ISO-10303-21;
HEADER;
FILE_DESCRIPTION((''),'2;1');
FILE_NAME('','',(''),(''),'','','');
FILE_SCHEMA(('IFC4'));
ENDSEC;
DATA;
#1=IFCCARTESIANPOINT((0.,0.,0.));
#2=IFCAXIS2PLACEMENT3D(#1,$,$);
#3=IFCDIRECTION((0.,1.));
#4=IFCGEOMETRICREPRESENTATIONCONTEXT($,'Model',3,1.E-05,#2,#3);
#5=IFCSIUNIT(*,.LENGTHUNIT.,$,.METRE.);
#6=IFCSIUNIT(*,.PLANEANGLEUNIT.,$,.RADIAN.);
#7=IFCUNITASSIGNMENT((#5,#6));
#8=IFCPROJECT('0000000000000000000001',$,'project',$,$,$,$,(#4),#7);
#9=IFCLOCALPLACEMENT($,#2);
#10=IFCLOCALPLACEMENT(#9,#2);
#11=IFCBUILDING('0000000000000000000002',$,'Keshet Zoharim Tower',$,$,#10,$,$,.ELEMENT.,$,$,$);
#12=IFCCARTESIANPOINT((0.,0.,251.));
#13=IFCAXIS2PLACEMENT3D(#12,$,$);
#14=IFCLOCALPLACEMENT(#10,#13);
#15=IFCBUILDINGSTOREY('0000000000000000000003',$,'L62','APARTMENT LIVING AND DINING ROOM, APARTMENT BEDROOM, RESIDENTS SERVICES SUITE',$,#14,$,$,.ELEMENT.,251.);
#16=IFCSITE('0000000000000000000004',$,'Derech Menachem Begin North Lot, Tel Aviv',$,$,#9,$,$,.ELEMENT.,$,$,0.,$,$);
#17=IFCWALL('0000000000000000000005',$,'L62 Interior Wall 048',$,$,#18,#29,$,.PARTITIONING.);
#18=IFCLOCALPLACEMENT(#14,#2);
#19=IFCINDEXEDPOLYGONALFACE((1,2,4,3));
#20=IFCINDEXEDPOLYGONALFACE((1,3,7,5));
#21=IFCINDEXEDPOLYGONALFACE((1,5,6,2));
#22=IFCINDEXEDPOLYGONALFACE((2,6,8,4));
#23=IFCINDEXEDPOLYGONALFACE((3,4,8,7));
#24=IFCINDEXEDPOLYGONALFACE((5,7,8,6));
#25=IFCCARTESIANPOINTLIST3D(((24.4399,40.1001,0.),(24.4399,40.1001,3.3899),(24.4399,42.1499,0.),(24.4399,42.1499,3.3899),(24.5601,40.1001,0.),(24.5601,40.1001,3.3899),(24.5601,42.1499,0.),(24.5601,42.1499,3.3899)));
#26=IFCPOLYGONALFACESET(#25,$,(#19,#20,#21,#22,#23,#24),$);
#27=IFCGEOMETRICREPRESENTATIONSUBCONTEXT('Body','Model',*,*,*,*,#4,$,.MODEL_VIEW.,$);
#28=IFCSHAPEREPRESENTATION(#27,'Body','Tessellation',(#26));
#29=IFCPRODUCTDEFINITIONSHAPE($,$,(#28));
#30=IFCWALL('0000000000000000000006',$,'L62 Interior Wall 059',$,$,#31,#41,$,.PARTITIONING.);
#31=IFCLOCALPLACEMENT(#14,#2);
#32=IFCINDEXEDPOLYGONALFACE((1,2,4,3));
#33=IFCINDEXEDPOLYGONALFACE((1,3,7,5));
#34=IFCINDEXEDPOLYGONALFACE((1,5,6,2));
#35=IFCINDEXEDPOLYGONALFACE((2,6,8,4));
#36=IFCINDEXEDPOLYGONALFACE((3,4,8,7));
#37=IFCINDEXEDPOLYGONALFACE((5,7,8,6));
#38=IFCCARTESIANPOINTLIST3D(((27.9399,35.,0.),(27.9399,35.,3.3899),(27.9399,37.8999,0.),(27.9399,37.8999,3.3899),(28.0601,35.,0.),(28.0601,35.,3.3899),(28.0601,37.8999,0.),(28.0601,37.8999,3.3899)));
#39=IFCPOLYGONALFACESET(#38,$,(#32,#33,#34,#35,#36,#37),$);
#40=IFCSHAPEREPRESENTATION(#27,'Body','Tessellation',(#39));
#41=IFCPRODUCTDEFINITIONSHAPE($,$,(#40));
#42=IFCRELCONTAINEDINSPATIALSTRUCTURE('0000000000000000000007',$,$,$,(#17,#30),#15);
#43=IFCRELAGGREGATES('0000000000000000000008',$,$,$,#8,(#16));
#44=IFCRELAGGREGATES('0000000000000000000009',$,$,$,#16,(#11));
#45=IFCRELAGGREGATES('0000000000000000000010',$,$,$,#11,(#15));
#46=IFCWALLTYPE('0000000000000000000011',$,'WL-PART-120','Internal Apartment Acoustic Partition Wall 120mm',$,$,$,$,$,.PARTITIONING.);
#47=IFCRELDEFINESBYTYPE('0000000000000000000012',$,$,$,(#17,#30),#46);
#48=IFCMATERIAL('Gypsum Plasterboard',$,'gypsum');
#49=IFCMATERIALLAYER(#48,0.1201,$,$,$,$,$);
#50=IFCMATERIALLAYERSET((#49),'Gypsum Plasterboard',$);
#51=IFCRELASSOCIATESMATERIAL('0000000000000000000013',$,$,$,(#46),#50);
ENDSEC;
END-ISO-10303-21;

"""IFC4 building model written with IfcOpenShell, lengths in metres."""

from ifc_helpers import new_model, si_unit, direction, frame, frame_2d, origin, place, context, subcontext, project, spatial, rectangle, extrude, material, layer, layer_set, type_object, element, save


model = new_model("IFC4")

# Units and contexts
model_context = context("Model", 3, precision=1e-05, world=origin(), true_north=direction((0.0, 1.0)))
body_context = subcontext(model_context, "Body", "Model", "MODEL_VIEW")
ifc_project = project(units=[si_unit("LENGTHUNIT", "METRE"), si_unit("PLANEANGLEUNIT", "RADIAN")], contexts=[model_context])

# Site, building, storey
site_placement = place(None, origin())
site = spatial("IfcSite", under=ifc_project, at=site_placement, Name="Derech Menachem Begin North Lot, Tel Aviv", CompositionType="ELEMENT", RefElevation=0.0)
building_placement = place(site_placement, origin())
building = spatial("IfcBuilding", under=site, at=building_placement, Name="Keshet Zoharim Tower", CompositionType="ELEMENT")
storey_placement = place(building_placement, frame((0.0, 0.0, 251.0)))
storey = spatial("IfcBuildingStorey", under=building, at=storey_placement, Name="L62", Description="APARTMENT LIVING AND DINING ROOM, APARTMENT BEDROOM, RESIDENTS SERVICES SUITE", CompositionType="ELEMENT", Elevation=251.0)

# Shared definitions
ifc_material_1 = material(Name="Gypsum Plasterboard", Category="gypsum")

# Walls
ifc_layer_1 = layer(ifc_material_1, 0.1201)
ifc_layer_set_1 = layer_set([ifc_layer_1], Name="Gypsum Plasterboard")
wall_type_1 = type_object("IfcWallType", Name="WL-PART-120", Description="Internal Apartment Acoustic Partition Wall 120mm", PredefinedType="PARTITIONING", material=ifc_layer_set_1)
wall_1_placement = place(storey_placement, frame((24.5, 40.1001, 0.0), z_axis=(0.0, 0.0, 1.0), x_axis=(0.0, 1.0, 0.0)))
element("IfcWall", 1, at=wall_1_placement, inside=storey, type_object=wall_type_1, Name="L62 Interior Wall 048", PredefinedType="PARTITIONING", context=body_context, shape_type="SweptSolid", body=[
    extrude(rectangle(XDim=2.0498, YDim=0.1201, at=frame_2d((1.0249, 0.0))), origin(), (0.0, 0.0, 1.0), 3.3899),
])
wall_2_placement = place(storey_placement, frame((28.0, 35.0, 0.0), z_axis=(0.0, 0.0, 1.0), x_axis=(0.0, 1.0, 0.0)))
element("IfcWall", 2, at=wall_2_placement, inside=storey, type_object=wall_type_1, Name="L62 Interior Wall 059", PredefinedType="PARTITIONING", context=body_context, shape_type="SweptSolid", body=[
    extrude(rectangle(XDim=2.8999, YDim=0.1201, at=frame_2d((1.45, 0.0))), origin(), (0.0, 0.0, 1.0), 3.3899),
])

save(model, "model.ifc")
